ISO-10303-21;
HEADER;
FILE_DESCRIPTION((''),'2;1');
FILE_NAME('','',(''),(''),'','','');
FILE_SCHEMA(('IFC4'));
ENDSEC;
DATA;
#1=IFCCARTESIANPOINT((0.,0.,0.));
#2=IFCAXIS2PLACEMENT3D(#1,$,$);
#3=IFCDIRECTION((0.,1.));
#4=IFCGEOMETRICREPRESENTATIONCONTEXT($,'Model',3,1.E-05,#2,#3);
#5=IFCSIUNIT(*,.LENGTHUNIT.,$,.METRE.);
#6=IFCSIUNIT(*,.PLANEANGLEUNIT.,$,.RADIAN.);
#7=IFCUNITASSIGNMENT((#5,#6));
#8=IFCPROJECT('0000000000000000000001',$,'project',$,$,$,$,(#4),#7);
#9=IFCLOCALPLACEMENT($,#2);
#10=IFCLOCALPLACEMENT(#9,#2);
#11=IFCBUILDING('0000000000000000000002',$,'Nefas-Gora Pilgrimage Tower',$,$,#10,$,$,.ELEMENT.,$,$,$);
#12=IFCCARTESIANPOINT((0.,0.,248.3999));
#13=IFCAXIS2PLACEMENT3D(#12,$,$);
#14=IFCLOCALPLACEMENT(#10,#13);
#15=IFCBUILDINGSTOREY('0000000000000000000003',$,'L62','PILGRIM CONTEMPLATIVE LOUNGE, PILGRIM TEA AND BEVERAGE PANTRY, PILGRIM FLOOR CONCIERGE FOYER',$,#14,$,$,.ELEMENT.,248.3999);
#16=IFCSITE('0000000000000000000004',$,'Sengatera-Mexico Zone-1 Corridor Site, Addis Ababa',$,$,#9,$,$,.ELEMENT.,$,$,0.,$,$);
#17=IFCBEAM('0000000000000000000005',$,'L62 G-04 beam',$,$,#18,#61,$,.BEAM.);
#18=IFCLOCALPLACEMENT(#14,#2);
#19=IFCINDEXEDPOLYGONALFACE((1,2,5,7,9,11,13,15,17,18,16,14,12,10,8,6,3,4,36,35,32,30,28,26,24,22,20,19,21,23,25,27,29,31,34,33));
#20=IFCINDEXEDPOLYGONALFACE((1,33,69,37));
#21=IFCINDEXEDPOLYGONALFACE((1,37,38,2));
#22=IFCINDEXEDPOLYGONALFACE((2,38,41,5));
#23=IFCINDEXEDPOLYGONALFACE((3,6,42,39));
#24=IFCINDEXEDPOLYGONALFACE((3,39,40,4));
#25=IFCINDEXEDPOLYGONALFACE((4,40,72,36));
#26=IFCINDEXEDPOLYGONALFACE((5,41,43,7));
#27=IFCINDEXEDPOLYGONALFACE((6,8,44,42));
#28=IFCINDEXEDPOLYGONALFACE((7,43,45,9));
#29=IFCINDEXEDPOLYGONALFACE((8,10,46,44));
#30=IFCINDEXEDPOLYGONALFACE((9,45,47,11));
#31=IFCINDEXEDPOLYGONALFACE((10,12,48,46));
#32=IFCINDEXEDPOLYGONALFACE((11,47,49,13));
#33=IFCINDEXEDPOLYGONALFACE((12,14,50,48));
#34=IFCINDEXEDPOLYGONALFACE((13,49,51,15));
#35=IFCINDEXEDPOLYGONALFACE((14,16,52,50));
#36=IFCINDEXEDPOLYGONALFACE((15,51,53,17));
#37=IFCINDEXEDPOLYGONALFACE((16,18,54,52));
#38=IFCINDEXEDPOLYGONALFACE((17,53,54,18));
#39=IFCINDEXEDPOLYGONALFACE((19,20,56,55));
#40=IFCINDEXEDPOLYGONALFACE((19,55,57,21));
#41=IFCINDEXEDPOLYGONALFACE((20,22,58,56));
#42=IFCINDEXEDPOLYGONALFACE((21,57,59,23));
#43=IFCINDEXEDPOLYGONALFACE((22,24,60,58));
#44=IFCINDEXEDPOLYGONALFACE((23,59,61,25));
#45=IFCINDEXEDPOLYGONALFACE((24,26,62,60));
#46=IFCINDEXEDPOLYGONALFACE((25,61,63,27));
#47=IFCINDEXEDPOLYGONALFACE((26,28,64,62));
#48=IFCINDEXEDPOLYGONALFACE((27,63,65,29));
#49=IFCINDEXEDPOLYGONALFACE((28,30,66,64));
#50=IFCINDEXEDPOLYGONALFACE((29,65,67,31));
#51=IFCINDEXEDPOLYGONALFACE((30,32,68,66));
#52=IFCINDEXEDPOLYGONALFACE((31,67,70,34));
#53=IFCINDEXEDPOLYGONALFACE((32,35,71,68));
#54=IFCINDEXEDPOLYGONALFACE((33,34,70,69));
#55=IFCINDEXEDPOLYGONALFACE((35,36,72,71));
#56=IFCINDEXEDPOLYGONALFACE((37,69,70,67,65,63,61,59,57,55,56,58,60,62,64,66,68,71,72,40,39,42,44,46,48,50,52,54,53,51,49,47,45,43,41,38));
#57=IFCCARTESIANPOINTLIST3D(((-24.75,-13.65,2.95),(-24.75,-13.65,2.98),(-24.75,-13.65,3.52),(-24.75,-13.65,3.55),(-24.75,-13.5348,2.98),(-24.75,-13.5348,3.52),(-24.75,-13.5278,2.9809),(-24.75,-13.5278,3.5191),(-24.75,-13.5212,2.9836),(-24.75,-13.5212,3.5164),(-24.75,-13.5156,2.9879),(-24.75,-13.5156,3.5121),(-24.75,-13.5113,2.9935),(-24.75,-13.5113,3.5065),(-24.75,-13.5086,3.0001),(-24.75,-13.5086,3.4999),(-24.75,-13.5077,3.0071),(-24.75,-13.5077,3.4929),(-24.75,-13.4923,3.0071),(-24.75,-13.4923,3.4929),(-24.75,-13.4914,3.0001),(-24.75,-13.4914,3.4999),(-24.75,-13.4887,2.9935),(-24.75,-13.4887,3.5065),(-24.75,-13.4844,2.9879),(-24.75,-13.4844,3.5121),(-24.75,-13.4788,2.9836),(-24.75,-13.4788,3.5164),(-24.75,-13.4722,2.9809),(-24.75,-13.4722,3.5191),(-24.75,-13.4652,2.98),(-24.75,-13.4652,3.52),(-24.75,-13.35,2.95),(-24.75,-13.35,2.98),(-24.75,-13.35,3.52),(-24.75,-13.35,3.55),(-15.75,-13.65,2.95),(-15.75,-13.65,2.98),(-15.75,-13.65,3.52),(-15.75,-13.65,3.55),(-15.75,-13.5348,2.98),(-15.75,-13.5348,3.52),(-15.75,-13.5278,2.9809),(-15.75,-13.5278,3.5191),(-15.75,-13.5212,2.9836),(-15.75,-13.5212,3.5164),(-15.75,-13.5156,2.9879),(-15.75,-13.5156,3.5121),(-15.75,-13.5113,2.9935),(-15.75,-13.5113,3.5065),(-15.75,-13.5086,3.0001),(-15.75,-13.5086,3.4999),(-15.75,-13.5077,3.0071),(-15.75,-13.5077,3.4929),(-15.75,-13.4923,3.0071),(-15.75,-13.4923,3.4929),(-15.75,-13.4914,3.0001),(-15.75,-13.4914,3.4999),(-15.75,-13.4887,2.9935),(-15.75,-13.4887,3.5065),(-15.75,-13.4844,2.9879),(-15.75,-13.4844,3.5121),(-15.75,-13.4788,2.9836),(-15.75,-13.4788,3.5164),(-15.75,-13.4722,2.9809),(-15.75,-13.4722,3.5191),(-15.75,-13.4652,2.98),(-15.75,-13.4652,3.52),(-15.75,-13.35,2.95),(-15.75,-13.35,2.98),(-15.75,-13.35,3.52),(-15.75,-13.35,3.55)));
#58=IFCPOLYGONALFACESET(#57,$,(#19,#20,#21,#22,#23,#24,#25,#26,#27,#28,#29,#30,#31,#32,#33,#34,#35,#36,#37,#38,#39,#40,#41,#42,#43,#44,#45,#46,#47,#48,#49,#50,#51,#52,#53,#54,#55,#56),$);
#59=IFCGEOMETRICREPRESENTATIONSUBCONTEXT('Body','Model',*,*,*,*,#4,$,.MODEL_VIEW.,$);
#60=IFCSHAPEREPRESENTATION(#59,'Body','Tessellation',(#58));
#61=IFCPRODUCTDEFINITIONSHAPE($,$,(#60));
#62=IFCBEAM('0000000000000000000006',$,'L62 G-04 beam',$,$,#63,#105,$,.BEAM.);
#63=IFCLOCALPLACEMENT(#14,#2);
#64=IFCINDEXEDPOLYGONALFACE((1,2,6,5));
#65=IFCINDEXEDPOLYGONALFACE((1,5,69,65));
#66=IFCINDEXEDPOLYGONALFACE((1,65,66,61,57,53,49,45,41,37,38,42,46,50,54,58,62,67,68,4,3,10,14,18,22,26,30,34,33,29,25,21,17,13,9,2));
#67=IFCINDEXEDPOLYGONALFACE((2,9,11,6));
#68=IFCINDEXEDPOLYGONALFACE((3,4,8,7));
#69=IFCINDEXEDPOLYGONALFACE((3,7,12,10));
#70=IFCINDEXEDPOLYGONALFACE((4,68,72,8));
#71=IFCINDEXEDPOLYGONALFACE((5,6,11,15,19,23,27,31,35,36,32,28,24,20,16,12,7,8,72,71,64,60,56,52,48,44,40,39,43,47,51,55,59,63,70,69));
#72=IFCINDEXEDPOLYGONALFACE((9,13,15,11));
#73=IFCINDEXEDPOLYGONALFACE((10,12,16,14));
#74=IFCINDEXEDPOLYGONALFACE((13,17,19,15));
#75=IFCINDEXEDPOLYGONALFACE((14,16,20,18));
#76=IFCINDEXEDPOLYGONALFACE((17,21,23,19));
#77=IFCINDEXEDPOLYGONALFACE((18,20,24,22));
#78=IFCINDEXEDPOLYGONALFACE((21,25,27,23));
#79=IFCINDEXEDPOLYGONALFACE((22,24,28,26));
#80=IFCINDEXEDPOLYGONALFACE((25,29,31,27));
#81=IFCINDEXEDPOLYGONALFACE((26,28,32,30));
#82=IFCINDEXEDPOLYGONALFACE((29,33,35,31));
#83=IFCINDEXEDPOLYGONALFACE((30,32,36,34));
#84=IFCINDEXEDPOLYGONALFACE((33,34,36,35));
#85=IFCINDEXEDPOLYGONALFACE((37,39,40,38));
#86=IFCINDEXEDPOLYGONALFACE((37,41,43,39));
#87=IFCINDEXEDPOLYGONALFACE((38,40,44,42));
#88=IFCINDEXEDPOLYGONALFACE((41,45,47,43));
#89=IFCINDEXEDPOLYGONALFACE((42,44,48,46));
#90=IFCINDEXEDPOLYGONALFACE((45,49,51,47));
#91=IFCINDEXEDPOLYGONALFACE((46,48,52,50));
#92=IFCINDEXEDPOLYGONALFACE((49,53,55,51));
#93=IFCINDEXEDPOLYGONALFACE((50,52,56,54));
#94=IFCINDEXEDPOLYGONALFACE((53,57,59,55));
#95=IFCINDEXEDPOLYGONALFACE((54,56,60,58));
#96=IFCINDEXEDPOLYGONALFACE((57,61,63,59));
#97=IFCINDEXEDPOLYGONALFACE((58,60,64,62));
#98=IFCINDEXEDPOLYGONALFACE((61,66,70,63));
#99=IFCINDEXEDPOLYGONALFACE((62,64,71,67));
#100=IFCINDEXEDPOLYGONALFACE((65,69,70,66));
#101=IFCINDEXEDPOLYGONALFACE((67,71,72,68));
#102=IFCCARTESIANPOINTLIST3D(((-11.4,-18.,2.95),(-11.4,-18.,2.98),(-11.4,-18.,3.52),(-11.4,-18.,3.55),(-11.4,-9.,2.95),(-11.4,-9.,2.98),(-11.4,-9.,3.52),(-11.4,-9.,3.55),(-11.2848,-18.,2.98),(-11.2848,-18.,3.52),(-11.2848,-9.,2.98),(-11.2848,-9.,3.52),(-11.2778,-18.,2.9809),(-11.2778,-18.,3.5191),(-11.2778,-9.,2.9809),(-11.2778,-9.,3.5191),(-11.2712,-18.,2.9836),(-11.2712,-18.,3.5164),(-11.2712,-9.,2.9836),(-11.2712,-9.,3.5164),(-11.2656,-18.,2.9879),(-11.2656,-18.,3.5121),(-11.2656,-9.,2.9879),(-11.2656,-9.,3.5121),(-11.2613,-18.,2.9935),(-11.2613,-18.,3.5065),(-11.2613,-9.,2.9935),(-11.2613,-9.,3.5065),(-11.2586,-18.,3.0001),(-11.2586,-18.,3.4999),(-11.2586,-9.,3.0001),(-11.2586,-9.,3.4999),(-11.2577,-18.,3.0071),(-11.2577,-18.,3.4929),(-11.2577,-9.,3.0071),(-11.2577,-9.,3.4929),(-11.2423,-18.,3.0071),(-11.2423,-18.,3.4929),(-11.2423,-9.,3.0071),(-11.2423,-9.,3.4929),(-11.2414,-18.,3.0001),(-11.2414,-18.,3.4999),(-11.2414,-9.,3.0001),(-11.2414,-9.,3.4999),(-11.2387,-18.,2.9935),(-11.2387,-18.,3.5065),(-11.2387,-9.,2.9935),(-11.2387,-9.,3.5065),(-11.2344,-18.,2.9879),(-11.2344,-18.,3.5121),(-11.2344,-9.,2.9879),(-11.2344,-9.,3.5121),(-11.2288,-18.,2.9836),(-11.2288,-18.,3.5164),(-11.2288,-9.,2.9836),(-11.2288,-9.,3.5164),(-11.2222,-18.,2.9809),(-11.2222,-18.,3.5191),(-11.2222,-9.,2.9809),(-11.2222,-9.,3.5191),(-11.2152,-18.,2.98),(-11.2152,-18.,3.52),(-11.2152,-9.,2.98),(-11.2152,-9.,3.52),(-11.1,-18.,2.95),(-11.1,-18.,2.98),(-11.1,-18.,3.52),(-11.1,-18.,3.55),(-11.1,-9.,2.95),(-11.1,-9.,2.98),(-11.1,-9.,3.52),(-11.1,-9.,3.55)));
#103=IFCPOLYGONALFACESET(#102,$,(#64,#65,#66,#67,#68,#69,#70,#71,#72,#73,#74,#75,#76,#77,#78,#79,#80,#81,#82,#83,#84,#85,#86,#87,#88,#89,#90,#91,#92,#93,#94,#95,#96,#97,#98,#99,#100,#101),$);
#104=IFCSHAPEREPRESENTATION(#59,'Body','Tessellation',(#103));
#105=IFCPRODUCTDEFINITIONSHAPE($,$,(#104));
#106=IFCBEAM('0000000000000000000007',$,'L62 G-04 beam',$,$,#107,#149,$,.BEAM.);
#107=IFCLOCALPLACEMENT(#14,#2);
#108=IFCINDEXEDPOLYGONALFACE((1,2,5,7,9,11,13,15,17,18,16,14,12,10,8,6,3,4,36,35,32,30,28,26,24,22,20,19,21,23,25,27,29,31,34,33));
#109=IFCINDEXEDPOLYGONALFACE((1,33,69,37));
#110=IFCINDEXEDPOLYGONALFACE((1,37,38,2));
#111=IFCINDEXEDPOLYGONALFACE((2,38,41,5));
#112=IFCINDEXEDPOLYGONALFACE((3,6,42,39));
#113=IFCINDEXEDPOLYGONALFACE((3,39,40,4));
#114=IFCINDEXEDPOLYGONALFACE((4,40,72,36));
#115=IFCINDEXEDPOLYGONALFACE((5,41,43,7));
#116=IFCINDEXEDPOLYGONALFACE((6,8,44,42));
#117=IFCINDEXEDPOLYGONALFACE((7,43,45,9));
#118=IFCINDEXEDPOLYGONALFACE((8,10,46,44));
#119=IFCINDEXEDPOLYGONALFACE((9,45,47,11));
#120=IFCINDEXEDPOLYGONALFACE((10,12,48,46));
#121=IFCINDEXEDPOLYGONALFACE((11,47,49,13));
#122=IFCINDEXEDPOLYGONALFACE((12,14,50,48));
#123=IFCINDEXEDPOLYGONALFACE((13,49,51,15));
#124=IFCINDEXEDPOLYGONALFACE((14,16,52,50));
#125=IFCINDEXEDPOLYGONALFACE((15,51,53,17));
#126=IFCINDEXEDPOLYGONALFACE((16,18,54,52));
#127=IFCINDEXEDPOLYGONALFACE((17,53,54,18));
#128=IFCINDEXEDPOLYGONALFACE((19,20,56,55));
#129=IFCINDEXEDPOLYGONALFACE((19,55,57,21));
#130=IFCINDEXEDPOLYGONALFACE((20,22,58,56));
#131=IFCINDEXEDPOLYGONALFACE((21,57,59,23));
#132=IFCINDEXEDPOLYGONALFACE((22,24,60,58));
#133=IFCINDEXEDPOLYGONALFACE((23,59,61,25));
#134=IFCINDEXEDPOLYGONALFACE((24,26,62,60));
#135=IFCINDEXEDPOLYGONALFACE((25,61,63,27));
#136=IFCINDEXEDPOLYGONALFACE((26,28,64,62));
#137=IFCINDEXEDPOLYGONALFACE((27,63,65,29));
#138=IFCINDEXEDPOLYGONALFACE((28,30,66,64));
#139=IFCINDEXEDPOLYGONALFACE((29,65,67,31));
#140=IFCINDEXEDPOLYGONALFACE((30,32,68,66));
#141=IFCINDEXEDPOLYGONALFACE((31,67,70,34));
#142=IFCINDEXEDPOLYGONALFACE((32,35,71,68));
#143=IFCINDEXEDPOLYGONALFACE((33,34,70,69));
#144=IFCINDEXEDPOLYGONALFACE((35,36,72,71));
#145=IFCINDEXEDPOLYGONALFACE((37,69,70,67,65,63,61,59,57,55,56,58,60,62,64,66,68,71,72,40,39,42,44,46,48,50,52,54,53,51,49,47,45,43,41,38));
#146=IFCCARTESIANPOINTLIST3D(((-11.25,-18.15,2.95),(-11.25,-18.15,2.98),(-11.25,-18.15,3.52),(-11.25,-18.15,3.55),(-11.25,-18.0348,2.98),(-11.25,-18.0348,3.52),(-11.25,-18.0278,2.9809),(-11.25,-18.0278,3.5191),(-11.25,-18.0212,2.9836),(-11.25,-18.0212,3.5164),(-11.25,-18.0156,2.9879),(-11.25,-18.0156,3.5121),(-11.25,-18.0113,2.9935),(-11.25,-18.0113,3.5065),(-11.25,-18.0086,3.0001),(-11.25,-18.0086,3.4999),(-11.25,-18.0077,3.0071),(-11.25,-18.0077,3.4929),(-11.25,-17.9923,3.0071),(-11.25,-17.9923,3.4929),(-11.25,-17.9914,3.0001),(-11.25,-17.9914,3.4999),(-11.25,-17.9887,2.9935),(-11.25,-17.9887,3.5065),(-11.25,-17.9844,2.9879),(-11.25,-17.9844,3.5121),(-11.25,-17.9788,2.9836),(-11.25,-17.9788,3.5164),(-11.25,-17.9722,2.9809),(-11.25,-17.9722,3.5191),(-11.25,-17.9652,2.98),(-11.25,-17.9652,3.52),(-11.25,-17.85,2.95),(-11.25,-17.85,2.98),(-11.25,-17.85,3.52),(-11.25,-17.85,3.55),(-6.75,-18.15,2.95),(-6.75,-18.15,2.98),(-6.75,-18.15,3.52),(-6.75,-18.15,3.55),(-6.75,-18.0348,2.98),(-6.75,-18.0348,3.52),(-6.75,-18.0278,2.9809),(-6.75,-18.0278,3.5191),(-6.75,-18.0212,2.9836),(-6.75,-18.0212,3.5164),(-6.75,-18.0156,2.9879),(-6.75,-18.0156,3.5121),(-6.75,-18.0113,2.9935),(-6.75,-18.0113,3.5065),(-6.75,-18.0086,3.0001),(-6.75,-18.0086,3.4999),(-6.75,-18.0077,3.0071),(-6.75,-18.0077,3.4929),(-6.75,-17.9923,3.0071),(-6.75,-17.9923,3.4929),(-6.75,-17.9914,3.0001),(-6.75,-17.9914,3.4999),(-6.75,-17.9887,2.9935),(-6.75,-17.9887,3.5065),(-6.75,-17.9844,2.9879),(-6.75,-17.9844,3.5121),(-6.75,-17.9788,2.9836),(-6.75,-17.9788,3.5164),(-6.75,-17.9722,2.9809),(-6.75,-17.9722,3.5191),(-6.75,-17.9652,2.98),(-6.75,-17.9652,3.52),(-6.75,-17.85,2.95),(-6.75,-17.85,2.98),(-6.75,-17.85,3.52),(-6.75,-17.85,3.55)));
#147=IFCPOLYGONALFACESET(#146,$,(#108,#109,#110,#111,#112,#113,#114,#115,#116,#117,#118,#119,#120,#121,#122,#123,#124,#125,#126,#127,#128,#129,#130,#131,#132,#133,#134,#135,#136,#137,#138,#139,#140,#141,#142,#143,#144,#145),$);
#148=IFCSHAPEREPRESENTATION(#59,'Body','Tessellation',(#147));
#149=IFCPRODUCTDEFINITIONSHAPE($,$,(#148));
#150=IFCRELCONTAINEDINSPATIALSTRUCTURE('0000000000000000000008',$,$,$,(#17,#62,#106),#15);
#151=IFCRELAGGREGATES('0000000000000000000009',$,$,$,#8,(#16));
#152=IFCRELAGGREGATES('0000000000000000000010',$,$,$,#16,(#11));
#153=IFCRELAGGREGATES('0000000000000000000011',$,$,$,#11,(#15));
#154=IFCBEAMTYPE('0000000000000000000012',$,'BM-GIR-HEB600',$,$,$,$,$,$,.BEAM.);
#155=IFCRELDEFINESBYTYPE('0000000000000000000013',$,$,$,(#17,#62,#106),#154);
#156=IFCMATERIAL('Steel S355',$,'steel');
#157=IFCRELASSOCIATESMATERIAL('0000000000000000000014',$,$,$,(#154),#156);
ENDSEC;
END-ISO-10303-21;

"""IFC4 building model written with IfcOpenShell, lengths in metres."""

from ifc_helpers import new_model, si_unit, direction, frame, origin, origin_2d, place, context, subcontext, project, spatial, i_section, extrude, source, transform, mapped, material, material_profile, profile_set, type_object, element, save


model = new_model("IFC4")

# Units and contexts
model_context = context("Model", 3, precision=1e-05, world=origin(), true_north=direction((0.0, 1.0)))
body_context = subcontext(model_context, "Body", "Model", "MODEL_VIEW")
ifc_project = project(units=[si_unit("LENGTHUNIT", "METRE"), si_unit("PLANEANGLEUNIT", "RADIAN")], contexts=[model_context])

# Site, building, storey
site_placement = place(None, origin())
site = spatial("IfcSite", under=ifc_project, at=site_placement, Name="Sengatera-Mexico Zone-1 Corridor Site, Addis Ababa", CompositionType="ELEMENT", RefElevation=0.0)
building_placement = place(site_placement, origin())
building = spatial("IfcBuilding", under=site, at=building_placement, Name="Nefas-Gora Pilgrimage Tower", CompositionType="ELEMENT")
storey_placement = place(building_placement, frame((0.0, 0.0, 248.3999)))
storey = spatial("IfcBuildingStorey", under=building, at=storey_placement, Name="L62", Description="PILGRIM CONTEMPLATIVE LOUNGE, PILGRIM TEA AND BEVERAGE PANTRY, PILGRIM FLOOR CONCIERGE FOYER", CompositionType="ELEMENT", Elevation=248.3999)

# Beams
ifc_material_1 = material(Name="Steel S355", Category="steel")
ifc_material_profile_1 = material_profile(ifc_material_1, i_section(OverallWidth=0.3, OverallDepth=0.6001, WebThickness=0.0154, FlangeThickness=0.03, FilletRadius=0.0271, at=origin_2d()), Name="HEB 600")
ifc_profile_set_1 = profile_set([ifc_material_profile_1], Name="Steel S355")
beam_type_1 = type_object("IfcBeamType", Name="BM-GIR-HEB600", PredefinedType="BEAM", material=ifc_profile_set_1)
shared_shape_1 = source(origin(), body_context, "Body", "SweptSolid", [
    extrude(i_section(OverallWidth=0.3, OverallDepth=0.6001, WebThickness=0.0154, FlangeThickness=0.03, FilletRadius=0.0271, at=origin_2d()), origin(), (0.0, 0.0, 1.0), 9.0),
])
for number, where, z_axis, x_axis, name in (
    (1, (-24.75, -13.5, 3.25), (1.0, 0.0, 0.0), (0.0, 1.0, 0.0), "L62 G-04 beam"),
    (2, (-11.25, -18.0, 3.25), (0.0, 1.0, 0.0), (-1.0, 0.0, 0.0), "L62 G-04 beam"),
):
    element("IfcBeam", number, at=place(storey_placement, frame(where, z_axis=z_axis, x_axis=x_axis)), inside=storey, type_object=beam_type_1, Name=name, PredefinedType="BEAM", context=body_context, shape_type="MappedRepresentation", body=[
        mapped(shared_shape_1, transform((0.0, 0.0, 0.0), x_axis=(1.0, 0.0, 0.0), y_axis=(0.0, 1.0, 0.0), z_axis=(0.0, 0.0, 1.0), scale=1.0)),
    ])
shared_shape_2 = source(origin(), body_context, "Body", "SweptSolid", [
    extrude(i_section(OverallWidth=0.3, OverallDepth=0.6001, WebThickness=0.0154, FlangeThickness=0.03, FilletRadius=0.0271, at=origin_2d()), origin(), (0.0, 0.0, 1.0), 4.5),
])
beam_1_placement = place(storey_placement, frame((-11.25, -18.0, 3.25), z_axis=(1.0, 0.0, 0.0), x_axis=(0.0, 1.0, 0.0)))
element("IfcBeam", 3, at=beam_1_placement, inside=storey, type_object=beam_type_1, Name="L62 G-04 beam", PredefinedType="BEAM", context=body_context, shape_type="MappedRepresentation", body=[
    mapped(shared_shape_2, transform((0.0, 0.0, 0.0), x_axis=(1.0, 0.0, 0.0), y_axis=(0.0, 1.0, 0.0), z_axis=(0.0, 0.0, 1.0), scale=1.0)),
])

save(model, "model.ifc")
